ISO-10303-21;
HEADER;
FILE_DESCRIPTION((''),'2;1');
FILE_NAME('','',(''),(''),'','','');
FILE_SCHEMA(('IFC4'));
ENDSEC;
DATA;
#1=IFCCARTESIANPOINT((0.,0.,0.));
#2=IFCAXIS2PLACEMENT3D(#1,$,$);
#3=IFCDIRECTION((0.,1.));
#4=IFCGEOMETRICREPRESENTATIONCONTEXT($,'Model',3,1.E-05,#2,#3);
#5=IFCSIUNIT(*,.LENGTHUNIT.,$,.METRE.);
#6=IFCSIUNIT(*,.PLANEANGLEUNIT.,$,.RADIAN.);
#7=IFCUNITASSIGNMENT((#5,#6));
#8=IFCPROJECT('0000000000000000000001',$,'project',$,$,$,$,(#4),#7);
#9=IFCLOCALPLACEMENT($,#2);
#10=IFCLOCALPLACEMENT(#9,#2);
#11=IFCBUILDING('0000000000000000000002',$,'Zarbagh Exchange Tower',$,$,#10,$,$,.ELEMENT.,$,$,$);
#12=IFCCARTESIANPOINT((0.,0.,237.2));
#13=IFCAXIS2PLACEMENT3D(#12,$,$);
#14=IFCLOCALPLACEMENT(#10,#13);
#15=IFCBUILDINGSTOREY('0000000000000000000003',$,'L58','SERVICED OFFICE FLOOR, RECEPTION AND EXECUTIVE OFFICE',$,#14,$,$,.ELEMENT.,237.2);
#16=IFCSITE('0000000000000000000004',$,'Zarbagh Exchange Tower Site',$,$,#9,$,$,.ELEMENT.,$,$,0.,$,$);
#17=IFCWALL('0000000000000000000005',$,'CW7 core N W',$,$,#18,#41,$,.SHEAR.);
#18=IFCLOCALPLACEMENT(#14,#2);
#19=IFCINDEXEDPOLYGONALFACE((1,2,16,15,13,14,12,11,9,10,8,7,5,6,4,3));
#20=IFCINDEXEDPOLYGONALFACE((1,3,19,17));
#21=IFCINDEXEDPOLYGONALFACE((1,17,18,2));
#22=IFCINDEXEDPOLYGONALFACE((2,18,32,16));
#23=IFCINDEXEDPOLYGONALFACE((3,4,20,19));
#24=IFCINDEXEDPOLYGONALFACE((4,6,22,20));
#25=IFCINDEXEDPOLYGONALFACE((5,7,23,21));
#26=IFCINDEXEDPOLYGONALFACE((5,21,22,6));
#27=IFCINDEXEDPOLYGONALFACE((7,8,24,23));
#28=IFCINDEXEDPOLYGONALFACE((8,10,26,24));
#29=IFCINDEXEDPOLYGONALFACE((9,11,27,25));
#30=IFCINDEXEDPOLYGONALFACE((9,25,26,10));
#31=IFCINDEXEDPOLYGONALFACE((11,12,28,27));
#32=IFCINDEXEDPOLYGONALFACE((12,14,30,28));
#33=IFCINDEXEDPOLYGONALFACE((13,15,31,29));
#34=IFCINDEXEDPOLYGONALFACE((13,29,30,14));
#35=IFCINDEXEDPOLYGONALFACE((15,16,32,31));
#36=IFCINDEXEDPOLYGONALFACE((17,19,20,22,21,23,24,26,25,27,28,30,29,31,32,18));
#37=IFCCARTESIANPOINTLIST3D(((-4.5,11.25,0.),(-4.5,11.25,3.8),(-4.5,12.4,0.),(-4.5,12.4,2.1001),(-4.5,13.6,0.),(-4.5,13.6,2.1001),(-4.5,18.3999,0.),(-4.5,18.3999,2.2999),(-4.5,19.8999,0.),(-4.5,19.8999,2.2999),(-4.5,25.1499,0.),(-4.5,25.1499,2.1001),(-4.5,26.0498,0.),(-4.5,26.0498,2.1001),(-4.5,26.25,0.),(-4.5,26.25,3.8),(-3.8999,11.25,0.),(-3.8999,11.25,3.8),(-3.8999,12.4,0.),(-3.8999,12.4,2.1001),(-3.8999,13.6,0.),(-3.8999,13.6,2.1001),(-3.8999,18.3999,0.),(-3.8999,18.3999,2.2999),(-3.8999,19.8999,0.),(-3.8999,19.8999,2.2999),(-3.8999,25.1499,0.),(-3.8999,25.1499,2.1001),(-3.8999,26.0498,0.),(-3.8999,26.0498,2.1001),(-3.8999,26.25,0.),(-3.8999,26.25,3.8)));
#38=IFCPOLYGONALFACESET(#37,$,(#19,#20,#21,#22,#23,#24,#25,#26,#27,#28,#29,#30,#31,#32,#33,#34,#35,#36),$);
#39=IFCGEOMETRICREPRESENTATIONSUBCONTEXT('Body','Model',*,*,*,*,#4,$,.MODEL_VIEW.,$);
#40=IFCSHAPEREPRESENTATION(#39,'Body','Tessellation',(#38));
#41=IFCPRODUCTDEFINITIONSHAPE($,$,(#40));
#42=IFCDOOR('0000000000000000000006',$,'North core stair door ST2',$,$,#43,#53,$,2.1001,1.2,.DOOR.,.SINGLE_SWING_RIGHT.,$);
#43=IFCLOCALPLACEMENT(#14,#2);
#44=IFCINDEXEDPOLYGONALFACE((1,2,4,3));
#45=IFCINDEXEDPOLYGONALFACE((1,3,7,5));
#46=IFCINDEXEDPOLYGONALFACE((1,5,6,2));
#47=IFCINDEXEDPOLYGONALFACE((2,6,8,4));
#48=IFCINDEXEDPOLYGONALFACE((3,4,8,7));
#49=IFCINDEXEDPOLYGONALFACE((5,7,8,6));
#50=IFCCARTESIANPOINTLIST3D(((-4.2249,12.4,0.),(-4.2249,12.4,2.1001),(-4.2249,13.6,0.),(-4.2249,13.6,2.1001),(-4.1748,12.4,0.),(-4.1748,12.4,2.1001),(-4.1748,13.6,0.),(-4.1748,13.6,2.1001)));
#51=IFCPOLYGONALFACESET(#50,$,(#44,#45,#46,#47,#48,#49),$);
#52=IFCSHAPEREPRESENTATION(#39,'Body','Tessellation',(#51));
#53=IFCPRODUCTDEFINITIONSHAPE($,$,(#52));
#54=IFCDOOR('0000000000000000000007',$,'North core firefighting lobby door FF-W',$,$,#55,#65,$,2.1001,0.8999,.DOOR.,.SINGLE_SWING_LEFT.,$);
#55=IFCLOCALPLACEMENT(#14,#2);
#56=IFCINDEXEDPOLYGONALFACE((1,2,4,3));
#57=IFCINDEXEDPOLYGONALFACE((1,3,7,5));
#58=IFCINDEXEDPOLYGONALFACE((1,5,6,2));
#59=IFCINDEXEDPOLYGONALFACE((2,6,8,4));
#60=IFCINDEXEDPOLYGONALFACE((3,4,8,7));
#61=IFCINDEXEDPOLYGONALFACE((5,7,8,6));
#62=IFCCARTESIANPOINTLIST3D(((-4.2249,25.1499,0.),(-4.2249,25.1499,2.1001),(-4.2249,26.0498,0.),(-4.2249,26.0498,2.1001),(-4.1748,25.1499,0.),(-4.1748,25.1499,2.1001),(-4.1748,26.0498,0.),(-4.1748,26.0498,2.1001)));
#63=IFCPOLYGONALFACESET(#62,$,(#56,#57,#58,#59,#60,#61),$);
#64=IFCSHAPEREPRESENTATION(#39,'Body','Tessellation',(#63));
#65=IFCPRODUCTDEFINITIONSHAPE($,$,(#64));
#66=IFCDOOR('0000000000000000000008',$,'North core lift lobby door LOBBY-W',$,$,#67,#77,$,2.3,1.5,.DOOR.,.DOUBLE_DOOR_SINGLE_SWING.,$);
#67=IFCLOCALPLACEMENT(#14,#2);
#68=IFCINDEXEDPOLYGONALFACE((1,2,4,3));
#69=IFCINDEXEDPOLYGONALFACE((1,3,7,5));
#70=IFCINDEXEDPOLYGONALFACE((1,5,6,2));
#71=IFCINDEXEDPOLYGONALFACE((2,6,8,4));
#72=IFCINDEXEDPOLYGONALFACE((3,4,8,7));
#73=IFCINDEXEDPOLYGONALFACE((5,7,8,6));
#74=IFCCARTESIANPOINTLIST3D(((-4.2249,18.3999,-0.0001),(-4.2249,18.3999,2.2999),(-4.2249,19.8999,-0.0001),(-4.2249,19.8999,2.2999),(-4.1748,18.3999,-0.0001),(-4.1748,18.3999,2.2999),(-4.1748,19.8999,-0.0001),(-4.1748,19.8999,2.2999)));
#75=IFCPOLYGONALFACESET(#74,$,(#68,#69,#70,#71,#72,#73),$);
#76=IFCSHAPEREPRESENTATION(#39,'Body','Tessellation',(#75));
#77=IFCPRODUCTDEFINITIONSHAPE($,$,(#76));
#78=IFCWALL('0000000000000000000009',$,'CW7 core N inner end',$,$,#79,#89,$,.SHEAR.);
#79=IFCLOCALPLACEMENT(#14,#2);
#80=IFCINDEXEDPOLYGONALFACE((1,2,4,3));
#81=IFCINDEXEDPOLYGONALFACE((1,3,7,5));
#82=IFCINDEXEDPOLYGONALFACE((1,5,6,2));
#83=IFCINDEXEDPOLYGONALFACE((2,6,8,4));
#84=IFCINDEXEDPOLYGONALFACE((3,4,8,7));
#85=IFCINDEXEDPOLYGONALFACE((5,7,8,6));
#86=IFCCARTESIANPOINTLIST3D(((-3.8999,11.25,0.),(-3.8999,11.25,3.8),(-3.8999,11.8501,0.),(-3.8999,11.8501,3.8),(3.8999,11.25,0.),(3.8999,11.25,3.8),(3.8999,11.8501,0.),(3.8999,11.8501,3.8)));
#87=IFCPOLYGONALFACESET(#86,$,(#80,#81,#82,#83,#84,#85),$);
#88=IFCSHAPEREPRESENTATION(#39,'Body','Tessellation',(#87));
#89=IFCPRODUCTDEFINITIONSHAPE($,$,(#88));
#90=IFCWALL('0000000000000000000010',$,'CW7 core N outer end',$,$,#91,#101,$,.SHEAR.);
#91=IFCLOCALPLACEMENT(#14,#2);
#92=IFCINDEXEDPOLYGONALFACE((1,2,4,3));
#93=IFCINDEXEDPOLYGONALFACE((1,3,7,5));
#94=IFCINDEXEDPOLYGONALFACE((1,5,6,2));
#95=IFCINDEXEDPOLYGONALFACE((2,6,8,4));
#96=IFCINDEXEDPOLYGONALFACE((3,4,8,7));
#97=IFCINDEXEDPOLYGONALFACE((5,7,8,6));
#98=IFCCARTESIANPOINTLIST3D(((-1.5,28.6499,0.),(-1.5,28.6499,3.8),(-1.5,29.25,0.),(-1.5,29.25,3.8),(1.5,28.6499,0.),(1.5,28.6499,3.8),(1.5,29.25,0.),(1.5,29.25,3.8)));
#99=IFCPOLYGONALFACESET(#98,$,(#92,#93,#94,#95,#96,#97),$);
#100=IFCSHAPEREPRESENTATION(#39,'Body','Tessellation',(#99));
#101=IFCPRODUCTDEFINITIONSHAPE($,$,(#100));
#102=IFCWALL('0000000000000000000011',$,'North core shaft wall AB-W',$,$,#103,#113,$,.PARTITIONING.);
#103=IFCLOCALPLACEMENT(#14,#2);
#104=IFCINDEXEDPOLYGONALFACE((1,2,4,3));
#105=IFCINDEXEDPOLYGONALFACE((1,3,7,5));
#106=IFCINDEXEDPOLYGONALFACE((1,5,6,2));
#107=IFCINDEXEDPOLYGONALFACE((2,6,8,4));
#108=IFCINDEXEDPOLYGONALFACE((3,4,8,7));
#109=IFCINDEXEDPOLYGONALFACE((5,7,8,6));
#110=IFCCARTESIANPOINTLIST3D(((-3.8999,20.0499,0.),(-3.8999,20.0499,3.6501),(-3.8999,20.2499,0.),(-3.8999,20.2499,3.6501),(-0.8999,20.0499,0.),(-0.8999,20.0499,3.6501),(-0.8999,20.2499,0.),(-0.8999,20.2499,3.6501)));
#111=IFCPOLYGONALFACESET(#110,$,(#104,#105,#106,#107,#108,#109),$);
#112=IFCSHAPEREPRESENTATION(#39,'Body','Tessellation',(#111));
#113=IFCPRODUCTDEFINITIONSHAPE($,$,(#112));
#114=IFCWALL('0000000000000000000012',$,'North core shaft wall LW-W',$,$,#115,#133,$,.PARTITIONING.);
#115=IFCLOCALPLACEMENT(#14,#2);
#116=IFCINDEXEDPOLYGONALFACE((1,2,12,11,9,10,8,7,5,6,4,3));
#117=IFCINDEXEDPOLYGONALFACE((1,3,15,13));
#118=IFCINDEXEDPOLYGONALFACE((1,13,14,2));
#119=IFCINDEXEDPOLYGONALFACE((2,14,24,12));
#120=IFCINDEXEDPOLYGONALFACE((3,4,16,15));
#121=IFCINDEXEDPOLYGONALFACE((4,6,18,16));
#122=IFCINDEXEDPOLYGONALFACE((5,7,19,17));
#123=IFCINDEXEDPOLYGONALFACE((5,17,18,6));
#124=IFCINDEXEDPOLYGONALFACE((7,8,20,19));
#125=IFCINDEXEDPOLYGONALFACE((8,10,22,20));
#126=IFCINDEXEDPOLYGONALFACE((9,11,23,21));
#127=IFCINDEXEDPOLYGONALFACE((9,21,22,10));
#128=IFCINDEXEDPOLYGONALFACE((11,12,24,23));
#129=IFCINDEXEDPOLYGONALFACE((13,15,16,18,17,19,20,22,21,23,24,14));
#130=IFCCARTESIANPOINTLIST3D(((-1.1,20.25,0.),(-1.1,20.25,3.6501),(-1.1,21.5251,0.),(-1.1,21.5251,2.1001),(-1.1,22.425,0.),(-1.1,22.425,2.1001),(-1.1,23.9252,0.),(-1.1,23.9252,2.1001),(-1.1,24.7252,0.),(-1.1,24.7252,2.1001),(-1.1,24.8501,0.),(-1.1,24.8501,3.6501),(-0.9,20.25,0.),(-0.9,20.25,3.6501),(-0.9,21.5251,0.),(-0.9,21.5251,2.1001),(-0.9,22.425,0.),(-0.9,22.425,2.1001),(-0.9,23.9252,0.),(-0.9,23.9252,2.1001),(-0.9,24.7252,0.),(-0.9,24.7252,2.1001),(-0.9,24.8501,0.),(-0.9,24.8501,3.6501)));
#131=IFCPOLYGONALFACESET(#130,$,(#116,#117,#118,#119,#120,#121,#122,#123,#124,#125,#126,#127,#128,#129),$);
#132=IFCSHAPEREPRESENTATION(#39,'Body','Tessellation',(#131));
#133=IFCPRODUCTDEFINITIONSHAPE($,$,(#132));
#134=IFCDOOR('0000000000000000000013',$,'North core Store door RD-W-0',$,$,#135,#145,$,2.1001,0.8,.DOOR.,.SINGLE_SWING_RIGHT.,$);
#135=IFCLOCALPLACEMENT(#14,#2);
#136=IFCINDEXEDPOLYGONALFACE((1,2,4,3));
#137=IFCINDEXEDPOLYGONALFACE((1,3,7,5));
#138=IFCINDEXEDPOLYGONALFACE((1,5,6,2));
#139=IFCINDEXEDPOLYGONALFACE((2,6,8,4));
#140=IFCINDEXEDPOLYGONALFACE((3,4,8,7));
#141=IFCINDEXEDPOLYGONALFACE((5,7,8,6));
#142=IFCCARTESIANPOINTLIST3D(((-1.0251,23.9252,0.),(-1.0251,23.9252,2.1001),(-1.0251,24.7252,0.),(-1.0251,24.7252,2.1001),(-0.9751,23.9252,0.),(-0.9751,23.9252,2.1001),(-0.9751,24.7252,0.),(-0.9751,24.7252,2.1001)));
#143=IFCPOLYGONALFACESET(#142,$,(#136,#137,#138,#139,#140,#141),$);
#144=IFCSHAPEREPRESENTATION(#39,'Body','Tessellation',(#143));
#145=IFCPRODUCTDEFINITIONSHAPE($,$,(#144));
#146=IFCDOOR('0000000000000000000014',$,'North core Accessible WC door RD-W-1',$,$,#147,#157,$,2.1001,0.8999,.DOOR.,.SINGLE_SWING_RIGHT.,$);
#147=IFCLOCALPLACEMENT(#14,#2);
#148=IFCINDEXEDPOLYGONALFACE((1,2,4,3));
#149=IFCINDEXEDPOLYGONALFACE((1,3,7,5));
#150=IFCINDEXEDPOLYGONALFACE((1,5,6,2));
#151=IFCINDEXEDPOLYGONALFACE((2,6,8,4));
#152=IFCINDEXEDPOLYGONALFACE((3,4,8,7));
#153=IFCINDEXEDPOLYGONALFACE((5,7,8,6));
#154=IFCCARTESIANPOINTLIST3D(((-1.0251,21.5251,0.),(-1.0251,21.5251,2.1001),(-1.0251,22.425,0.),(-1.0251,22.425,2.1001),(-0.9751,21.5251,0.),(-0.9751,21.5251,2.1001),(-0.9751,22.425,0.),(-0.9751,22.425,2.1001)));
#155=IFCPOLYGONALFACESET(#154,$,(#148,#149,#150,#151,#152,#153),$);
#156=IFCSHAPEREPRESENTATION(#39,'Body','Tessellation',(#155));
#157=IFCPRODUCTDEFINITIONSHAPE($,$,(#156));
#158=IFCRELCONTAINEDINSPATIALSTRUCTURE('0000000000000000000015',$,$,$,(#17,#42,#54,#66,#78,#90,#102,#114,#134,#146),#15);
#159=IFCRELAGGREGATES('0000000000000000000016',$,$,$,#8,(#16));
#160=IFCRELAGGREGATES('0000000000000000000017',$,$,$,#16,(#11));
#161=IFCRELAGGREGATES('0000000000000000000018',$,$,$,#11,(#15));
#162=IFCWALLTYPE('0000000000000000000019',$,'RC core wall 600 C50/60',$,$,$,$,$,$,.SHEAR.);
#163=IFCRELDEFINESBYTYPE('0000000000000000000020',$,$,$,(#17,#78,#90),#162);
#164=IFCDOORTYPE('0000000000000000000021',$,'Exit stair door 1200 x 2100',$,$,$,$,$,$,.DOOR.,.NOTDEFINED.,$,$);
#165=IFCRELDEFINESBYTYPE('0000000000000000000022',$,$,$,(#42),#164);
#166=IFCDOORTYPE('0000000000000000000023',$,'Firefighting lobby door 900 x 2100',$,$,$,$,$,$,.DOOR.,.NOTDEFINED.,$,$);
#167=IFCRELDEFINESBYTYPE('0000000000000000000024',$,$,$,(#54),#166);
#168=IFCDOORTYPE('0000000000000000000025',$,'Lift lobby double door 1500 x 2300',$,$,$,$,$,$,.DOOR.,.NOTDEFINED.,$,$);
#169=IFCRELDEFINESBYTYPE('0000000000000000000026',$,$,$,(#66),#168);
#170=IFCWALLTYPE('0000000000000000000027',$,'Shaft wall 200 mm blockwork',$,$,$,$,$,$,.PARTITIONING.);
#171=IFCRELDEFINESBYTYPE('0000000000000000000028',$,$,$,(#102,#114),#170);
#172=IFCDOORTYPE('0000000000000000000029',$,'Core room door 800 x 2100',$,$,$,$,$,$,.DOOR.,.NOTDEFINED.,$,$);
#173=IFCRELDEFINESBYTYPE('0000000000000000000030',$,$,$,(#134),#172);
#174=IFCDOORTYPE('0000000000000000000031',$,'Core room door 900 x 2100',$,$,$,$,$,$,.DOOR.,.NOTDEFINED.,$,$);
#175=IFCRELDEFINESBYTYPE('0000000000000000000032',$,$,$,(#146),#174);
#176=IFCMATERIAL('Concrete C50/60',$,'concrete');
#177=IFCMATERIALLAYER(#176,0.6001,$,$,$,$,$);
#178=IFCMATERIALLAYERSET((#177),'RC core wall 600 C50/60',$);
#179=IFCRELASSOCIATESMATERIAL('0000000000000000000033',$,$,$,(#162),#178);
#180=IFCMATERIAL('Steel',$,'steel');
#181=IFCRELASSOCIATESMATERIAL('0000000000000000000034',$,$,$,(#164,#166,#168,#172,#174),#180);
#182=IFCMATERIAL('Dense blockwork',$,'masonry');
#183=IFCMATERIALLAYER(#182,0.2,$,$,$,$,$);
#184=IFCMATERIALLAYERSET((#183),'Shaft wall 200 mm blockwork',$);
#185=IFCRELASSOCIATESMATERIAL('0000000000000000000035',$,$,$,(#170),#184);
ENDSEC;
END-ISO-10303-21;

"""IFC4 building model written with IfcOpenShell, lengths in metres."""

from ifc_helpers import new_model, si_unit, direction, frame, frame_2d, origin, place, context, subcontext, project, spatial, rectangle, extrude, material, layer, layer_set, type_object, element, fill, save


model = new_model("IFC4")

# Units and contexts
model_context = context("Model", 3, precision=1e-05, world=origin(), true_north=direction((0.0, 1.0)))
body_context = subcontext(model_context, "Body", "Model", "MODEL_VIEW")
ifc_project = project(units=[si_unit("LENGTHUNIT", "METRE"), si_unit("PLANEANGLEUNIT", "RADIAN")], contexts=[model_context])

# Site, building, storey
site_placement = place(None, origin())
site = spatial("IfcSite", under=ifc_project, at=site_placement, Name="Zarbagh Exchange Tower Site", CompositionType="ELEMENT", RefElevation=0.0)
building_placement = place(site_placement, origin())
building = spatial("IfcBuilding", under=site, at=building_placement, Name="Zarbagh Exchange Tower", CompositionType="ELEMENT")
storey_placement = place(building_placement, frame((0.0, 0.0, 237.2)))
storey = spatial("IfcBuildingStorey", under=building, at=storey_placement, Name="L58", Description="SERVICED OFFICE FLOOR, RECEPTION AND EXECUTIVE OFFICE", CompositionType="ELEMENT", Elevation=237.2)

# Shared definitions
ifc_material_1 = material(Name="Concrete C50/60", Category="concrete")

# Shared definitions
ifc_material_2 = material(Name="Dense blockwork", Category="masonry")

# Wall, openings, doors
ifc_layer_1 = layer(ifc_material_1, 0.6001)
ifc_layer_set_1 = layer_set([ifc_layer_1], Name="RC core wall 600 C50/60")
wall_type_1 = type_object("IfcWallType", Name="RC core wall 600 C50/60", PredefinedType="SHEAR", material=ifc_layer_set_1)
wall_1_placement = place(storey_placement, frame((-4.2, 11.25, 0.0), z_axis=(0.0, 0.0, 1.0), x_axis=(0.0, 1.0, 0.0)))
wall_1 = element("IfcWall", 1, at=wall_1_placement, inside=storey, type_object=wall_type_1, Name="CW7 core N W", PredefinedType="SHEAR", context=body_context, shape_type="SweptSolid", body=[
    extrude(rectangle(XDim=15.0, YDim=0.6001, at=frame_2d((7.5, 0.0))), origin(), (0.0, 0.0, 1.0), 3.8),
])
opening_1_placement = place(wall_1_placement, frame((7.1499, 0.0, 0.0)))
opening_1 = element("IfcOpeningElement", 2, at=opening_1_placement, cuts=wall_1, PredefinedType="OPENING", context=body_context, shape_type="SweptSolid", body=[
    extrude(rectangle(XDim=1.5, YDim=2.3, at=frame_2d((0.75, 1.1499))), frame((0.0, 0.3101, 0.0), z_axis=(0.0, -1.0, 0.0), x_axis=(1.0, 0.0, 0.0)), (0.0, 0.0, 1.0), 0.6201),
])
opening_2_placement = place(wall_1_placement, frame((13.8999, 0.0, 0.0)))
opening_2 = element("IfcOpeningElement", 3, at=opening_2_placement, cuts=wall_1, PredefinedType="OPENING", context=body_context, shape_type="SweptSolid", body=[
    extrude(rectangle(XDim=0.8999, YDim=2.1001, at=frame_2d((0.45, 1.05))), frame((0.0, 0.3101, 0.0), z_axis=(0.0, -1.0, 0.0), x_axis=(1.0, 0.0, 0.0)), (0.0, 0.0, 1.0), 0.6201),
])
opening_3_placement = place(wall_1_placement, frame((1.1499, 0.0, 0.0)))
opening_3 = element("IfcOpeningElement", 4, at=opening_3_placement, cuts=wall_1, PredefinedType="OPENING", context=body_context, shape_type="SweptSolid", body=[
    extrude(rectangle(XDim=1.2, YDim=2.1001, at=frame_2d((0.6001, 1.05))), frame((0.0, 0.3101, 0.0), z_axis=(0.0, -1.0, 0.0), x_axis=(1.0, 0.0, 0.0)), (0.0, 0.0, 1.0), 0.6201),
])
ifc_material_3 = material(Name="Steel", Category="steel")
door_type_1 = type_object("IfcDoorType", Name="Exit stair door 1200 x 2100", OperationType="NOTDEFINED", PredefinedType="DOOR", material=ifc_material_3)
door_1_placement = place(opening_3_placement, origin())
door_1 = element("IfcDoor", 5, at=door_1_placement, inside=storey, type_object=door_type_1, Name="North core stair door ST2", OperationType="SINGLE_SWING_RIGHT", OverallHeight=2.1001, OverallWidth=1.2, PredefinedType="DOOR", context=body_context, shape_type="SweptSolid", body=[
    extrude(rectangle(XDim=1.2, YDim=2.1001, at=frame_2d((0.6001, 1.05))), frame((0.0, 0.0249, 0.0), z_axis=(0.0, -1.0, 0.0), x_axis=(1.0, 0.0, 0.0)), (0.0, 0.0, 1.0), 0.05),
])
fill(opening_3, door_1)
door_type_2 = type_object("IfcDoorType", Name="Firefighting lobby door 900 x 2100", OperationType="NOTDEFINED", PredefinedType="DOOR", material=ifc_material_3)
door_2_placement = place(opening_2_placement, origin())
door_2 = element("IfcDoor", 6, at=door_2_placement, inside=storey, type_object=door_type_2, Name="North core firefighting lobby door FF-W", OperationType="SINGLE_SWING_LEFT", OverallHeight=2.1001, OverallWidth=0.8999, PredefinedType="DOOR", context=body_context, shape_type="SweptSolid", body=[
    extrude(rectangle(XDim=0.8999, YDim=2.1001, at=frame_2d((0.45, 1.05))), frame((0.0, 0.0249, 0.0), z_axis=(0.0, -1.0, 0.0), x_axis=(1.0, 0.0, 0.0)), (0.0, 0.0, 1.0), 0.05),
])
fill(opening_2, door_2)
door_type_3 = type_object("IfcDoorType", Name="Lift lobby double door 1500 x 2300", OperationType="NOTDEFINED", PredefinedType="DOOR", material=ifc_material_3)
door_3_placement = place(opening_1_placement, origin())
door_3 = element("IfcDoor", 7, at=door_3_placement, inside=storey, type_object=door_type_3, Name="North core lift lobby door LOBBY-W", OperationType="DOUBLE_DOOR_SINGLE_SWING", OverallHeight=2.3, OverallWidth=1.5, PredefinedType="DOOR", context=body_context, shape_type="SweptSolid", body=[
    extrude(rectangle(XDim=1.5, YDim=2.3, at=frame_2d((0.75, 1.1499))), frame((0.0, 0.0249, 0.0), z_axis=(0.0, -1.0, 0.0), x_axis=(1.0, 0.0, 0.0)), (0.0, 0.0, 1.0), 0.05),
])
fill(opening_1, door_3)

# Walls
wall_2_placement = place(storey_placement, frame((-3.8999, 11.55, 0.0), z_axis=(0.0, 0.0, 1.0), x_axis=(1.0, 0.0, 0.0)))
element("IfcWall", 8, at=wall_2_placement, inside=storey, type_object=wall_type_1, Name="CW7 core N inner end", PredefinedType="SHEAR", context=body_context, shape_type="SweptSolid", body=[
    extrude(rectangle(XDim=7.7998, YDim=0.6001, at=frame_2d((3.8999, 0.0))), origin(), (0.0, 0.0, 1.0), 3.8),
])
wall_3_placement = place(storey_placement, frame((-1.5, 28.95, 0.0), z_axis=(0.0, 0.0, 1.0), x_axis=(1.0, 0.0, 0.0)))
element("IfcWall", 9, at=wall_3_placement, inside=storey, type_object=wall_type_1, Name="CW7 core N outer end", PredefinedType="SHEAR", context=body_context, shape_type="SweptSolid", body=[
    extrude(rectangle(XDim=3.0, YDim=0.6001, at=frame_2d((1.5, 0.0))), origin(), (0.0, 0.0, 1.0), 3.8),
])
ifc_layer_2 = layer(ifc_material_2, 0.2)
ifc_layer_set_2 = layer_set([ifc_layer_2], Name="Shaft wall 200 mm blockwork")
wall_type_2 = type_object("IfcWallType", Name="Shaft wall 200 mm blockwork", PredefinedType="PARTITIONING", material=ifc_layer_set_2)
wall_4_placement = place(storey_placement, frame((-3.8999, 20.1499, 0.0), z_axis=(0.0, 0.0, 1.0), x_axis=(1.0, 0.0, 0.0)))
element("IfcWall", 10, at=wall_4_placement, inside=storey, type_object=wall_type_2, Name="North core shaft wall AB-W", PredefinedType="PARTITIONING", context=body_context, shape_type="SweptSolid", body=[
    extrude(rectangle(XDim=3.0, YDim=0.2, at=frame_2d((1.5, 0.0))), origin(), (0.0, 0.0, 1.0), 3.6501),
])

# Wall, openings, doors
wall_5_placement = place(storey_placement, frame((-1.0, 24.8501, 0.0), z_axis=(0.0, 0.0, 1.0), x_axis=(0.0, -1.0, 0.0)))
wall_5 = element("IfcWall", 11, at=wall_5_placement, inside=storey, type_object=wall_type_2, Name="North core shaft wall LW-W", PredefinedType="PARTITIONING", context=body_context, shape_type="SweptSolid", body=[
    extrude(rectangle(XDim=4.6001, YDim=0.2, at=frame_2d((2.3, 0.0))), origin(), (0.0, 0.0, 1.0), 3.6501),
])
opening_4_placement = place(wall_5_placement, frame((0.125, 0.0, 0.0)))
opening_4 = element("IfcOpeningElement", 12, at=opening_4_placement, cuts=wall_5, PredefinedType="OPENING", context=body_context, shape_type="SweptSolid", body=[
    extrude(rectangle(XDim=0.8, YDim=2.1001, at=frame_2d((0.3999, 1.05))), frame((0.0, 0.1099, 0.0), z_axis=(0.0, -1.0, 0.0), x_axis=(1.0, 0.0, 0.0)), (0.0, 0.0, 1.0), 0.22),
])
opening_5_placement = place(wall_5_placement, frame((2.425, 0.0, 0.0)))
opening_5 = element("IfcOpeningElement", 13, at=opening_5_placement, cuts=wall_5, PredefinedType="OPENING", context=body_context, shape_type="SweptSolid", body=[
    extrude(rectangle(XDim=0.8999, YDim=2.1001, at=frame_2d((0.45, 1.05))), frame((0.0, 0.1099, 0.0), z_axis=(0.0, -1.0, 0.0), x_axis=(1.0, 0.0, 0.0)), (0.0, 0.0, 1.0), 0.22),
])
door_type_4 = type_object("IfcDoorType", Name="Core room door 800 x 2100", OperationType="NOTDEFINED", PredefinedType="DOOR", material=ifc_material_3)
door_4_placement = place(opening_4_placement, origin())
door_4 = element("IfcDoor", 14, at=door_4_placement, inside=storey, type_object=door_type_4, Name="North core Store door RD-W-0", OperationType="SINGLE_SWING_RIGHT", OverallHeight=2.1001, OverallWidth=0.8, PredefinedType="DOOR", context=body_context, shape_type="SweptSolid", body=[
    extrude(rectangle(XDim=0.8, YDim=2.1001, at=frame_2d((0.3999, 1.05))), frame((0.0, 0.0249, 0.0), z_axis=(0.0, -1.0, 0.0), x_axis=(1.0, 0.0, 0.0)), (0.0, 0.0, 1.0), 0.05),
])
fill(opening_4, door_4)
door_type_5 = type_object("IfcDoorType", Name="Core room door 900 x 2100", OperationType="NOTDEFINED", PredefinedType="DOOR", material=ifc_material_3)
door_5_placement = place(opening_5_placement, origin())
door_5 = element("IfcDoor", 15, at=door_5_placement, inside=storey, type_object=door_type_5, Name="North core Accessible WC door RD-W-1", OperationType="SINGLE_SWING_RIGHT", OverallHeight=2.1001, OverallWidth=0.8999, PredefinedType="DOOR", context=body_context, shape_type="SweptSolid", body=[
    extrude(rectangle(XDim=0.8999, YDim=2.1001, at=frame_2d((0.45, 1.05))), frame((0.0, 0.0249, 0.0), z_axis=(0.0, -1.0, 0.0), x_axis=(1.0, 0.0, 0.0)), (0.0, 0.0, 1.0), 0.05),
])
fill(opening_5, door_5)

save(model, "model.ifc")
